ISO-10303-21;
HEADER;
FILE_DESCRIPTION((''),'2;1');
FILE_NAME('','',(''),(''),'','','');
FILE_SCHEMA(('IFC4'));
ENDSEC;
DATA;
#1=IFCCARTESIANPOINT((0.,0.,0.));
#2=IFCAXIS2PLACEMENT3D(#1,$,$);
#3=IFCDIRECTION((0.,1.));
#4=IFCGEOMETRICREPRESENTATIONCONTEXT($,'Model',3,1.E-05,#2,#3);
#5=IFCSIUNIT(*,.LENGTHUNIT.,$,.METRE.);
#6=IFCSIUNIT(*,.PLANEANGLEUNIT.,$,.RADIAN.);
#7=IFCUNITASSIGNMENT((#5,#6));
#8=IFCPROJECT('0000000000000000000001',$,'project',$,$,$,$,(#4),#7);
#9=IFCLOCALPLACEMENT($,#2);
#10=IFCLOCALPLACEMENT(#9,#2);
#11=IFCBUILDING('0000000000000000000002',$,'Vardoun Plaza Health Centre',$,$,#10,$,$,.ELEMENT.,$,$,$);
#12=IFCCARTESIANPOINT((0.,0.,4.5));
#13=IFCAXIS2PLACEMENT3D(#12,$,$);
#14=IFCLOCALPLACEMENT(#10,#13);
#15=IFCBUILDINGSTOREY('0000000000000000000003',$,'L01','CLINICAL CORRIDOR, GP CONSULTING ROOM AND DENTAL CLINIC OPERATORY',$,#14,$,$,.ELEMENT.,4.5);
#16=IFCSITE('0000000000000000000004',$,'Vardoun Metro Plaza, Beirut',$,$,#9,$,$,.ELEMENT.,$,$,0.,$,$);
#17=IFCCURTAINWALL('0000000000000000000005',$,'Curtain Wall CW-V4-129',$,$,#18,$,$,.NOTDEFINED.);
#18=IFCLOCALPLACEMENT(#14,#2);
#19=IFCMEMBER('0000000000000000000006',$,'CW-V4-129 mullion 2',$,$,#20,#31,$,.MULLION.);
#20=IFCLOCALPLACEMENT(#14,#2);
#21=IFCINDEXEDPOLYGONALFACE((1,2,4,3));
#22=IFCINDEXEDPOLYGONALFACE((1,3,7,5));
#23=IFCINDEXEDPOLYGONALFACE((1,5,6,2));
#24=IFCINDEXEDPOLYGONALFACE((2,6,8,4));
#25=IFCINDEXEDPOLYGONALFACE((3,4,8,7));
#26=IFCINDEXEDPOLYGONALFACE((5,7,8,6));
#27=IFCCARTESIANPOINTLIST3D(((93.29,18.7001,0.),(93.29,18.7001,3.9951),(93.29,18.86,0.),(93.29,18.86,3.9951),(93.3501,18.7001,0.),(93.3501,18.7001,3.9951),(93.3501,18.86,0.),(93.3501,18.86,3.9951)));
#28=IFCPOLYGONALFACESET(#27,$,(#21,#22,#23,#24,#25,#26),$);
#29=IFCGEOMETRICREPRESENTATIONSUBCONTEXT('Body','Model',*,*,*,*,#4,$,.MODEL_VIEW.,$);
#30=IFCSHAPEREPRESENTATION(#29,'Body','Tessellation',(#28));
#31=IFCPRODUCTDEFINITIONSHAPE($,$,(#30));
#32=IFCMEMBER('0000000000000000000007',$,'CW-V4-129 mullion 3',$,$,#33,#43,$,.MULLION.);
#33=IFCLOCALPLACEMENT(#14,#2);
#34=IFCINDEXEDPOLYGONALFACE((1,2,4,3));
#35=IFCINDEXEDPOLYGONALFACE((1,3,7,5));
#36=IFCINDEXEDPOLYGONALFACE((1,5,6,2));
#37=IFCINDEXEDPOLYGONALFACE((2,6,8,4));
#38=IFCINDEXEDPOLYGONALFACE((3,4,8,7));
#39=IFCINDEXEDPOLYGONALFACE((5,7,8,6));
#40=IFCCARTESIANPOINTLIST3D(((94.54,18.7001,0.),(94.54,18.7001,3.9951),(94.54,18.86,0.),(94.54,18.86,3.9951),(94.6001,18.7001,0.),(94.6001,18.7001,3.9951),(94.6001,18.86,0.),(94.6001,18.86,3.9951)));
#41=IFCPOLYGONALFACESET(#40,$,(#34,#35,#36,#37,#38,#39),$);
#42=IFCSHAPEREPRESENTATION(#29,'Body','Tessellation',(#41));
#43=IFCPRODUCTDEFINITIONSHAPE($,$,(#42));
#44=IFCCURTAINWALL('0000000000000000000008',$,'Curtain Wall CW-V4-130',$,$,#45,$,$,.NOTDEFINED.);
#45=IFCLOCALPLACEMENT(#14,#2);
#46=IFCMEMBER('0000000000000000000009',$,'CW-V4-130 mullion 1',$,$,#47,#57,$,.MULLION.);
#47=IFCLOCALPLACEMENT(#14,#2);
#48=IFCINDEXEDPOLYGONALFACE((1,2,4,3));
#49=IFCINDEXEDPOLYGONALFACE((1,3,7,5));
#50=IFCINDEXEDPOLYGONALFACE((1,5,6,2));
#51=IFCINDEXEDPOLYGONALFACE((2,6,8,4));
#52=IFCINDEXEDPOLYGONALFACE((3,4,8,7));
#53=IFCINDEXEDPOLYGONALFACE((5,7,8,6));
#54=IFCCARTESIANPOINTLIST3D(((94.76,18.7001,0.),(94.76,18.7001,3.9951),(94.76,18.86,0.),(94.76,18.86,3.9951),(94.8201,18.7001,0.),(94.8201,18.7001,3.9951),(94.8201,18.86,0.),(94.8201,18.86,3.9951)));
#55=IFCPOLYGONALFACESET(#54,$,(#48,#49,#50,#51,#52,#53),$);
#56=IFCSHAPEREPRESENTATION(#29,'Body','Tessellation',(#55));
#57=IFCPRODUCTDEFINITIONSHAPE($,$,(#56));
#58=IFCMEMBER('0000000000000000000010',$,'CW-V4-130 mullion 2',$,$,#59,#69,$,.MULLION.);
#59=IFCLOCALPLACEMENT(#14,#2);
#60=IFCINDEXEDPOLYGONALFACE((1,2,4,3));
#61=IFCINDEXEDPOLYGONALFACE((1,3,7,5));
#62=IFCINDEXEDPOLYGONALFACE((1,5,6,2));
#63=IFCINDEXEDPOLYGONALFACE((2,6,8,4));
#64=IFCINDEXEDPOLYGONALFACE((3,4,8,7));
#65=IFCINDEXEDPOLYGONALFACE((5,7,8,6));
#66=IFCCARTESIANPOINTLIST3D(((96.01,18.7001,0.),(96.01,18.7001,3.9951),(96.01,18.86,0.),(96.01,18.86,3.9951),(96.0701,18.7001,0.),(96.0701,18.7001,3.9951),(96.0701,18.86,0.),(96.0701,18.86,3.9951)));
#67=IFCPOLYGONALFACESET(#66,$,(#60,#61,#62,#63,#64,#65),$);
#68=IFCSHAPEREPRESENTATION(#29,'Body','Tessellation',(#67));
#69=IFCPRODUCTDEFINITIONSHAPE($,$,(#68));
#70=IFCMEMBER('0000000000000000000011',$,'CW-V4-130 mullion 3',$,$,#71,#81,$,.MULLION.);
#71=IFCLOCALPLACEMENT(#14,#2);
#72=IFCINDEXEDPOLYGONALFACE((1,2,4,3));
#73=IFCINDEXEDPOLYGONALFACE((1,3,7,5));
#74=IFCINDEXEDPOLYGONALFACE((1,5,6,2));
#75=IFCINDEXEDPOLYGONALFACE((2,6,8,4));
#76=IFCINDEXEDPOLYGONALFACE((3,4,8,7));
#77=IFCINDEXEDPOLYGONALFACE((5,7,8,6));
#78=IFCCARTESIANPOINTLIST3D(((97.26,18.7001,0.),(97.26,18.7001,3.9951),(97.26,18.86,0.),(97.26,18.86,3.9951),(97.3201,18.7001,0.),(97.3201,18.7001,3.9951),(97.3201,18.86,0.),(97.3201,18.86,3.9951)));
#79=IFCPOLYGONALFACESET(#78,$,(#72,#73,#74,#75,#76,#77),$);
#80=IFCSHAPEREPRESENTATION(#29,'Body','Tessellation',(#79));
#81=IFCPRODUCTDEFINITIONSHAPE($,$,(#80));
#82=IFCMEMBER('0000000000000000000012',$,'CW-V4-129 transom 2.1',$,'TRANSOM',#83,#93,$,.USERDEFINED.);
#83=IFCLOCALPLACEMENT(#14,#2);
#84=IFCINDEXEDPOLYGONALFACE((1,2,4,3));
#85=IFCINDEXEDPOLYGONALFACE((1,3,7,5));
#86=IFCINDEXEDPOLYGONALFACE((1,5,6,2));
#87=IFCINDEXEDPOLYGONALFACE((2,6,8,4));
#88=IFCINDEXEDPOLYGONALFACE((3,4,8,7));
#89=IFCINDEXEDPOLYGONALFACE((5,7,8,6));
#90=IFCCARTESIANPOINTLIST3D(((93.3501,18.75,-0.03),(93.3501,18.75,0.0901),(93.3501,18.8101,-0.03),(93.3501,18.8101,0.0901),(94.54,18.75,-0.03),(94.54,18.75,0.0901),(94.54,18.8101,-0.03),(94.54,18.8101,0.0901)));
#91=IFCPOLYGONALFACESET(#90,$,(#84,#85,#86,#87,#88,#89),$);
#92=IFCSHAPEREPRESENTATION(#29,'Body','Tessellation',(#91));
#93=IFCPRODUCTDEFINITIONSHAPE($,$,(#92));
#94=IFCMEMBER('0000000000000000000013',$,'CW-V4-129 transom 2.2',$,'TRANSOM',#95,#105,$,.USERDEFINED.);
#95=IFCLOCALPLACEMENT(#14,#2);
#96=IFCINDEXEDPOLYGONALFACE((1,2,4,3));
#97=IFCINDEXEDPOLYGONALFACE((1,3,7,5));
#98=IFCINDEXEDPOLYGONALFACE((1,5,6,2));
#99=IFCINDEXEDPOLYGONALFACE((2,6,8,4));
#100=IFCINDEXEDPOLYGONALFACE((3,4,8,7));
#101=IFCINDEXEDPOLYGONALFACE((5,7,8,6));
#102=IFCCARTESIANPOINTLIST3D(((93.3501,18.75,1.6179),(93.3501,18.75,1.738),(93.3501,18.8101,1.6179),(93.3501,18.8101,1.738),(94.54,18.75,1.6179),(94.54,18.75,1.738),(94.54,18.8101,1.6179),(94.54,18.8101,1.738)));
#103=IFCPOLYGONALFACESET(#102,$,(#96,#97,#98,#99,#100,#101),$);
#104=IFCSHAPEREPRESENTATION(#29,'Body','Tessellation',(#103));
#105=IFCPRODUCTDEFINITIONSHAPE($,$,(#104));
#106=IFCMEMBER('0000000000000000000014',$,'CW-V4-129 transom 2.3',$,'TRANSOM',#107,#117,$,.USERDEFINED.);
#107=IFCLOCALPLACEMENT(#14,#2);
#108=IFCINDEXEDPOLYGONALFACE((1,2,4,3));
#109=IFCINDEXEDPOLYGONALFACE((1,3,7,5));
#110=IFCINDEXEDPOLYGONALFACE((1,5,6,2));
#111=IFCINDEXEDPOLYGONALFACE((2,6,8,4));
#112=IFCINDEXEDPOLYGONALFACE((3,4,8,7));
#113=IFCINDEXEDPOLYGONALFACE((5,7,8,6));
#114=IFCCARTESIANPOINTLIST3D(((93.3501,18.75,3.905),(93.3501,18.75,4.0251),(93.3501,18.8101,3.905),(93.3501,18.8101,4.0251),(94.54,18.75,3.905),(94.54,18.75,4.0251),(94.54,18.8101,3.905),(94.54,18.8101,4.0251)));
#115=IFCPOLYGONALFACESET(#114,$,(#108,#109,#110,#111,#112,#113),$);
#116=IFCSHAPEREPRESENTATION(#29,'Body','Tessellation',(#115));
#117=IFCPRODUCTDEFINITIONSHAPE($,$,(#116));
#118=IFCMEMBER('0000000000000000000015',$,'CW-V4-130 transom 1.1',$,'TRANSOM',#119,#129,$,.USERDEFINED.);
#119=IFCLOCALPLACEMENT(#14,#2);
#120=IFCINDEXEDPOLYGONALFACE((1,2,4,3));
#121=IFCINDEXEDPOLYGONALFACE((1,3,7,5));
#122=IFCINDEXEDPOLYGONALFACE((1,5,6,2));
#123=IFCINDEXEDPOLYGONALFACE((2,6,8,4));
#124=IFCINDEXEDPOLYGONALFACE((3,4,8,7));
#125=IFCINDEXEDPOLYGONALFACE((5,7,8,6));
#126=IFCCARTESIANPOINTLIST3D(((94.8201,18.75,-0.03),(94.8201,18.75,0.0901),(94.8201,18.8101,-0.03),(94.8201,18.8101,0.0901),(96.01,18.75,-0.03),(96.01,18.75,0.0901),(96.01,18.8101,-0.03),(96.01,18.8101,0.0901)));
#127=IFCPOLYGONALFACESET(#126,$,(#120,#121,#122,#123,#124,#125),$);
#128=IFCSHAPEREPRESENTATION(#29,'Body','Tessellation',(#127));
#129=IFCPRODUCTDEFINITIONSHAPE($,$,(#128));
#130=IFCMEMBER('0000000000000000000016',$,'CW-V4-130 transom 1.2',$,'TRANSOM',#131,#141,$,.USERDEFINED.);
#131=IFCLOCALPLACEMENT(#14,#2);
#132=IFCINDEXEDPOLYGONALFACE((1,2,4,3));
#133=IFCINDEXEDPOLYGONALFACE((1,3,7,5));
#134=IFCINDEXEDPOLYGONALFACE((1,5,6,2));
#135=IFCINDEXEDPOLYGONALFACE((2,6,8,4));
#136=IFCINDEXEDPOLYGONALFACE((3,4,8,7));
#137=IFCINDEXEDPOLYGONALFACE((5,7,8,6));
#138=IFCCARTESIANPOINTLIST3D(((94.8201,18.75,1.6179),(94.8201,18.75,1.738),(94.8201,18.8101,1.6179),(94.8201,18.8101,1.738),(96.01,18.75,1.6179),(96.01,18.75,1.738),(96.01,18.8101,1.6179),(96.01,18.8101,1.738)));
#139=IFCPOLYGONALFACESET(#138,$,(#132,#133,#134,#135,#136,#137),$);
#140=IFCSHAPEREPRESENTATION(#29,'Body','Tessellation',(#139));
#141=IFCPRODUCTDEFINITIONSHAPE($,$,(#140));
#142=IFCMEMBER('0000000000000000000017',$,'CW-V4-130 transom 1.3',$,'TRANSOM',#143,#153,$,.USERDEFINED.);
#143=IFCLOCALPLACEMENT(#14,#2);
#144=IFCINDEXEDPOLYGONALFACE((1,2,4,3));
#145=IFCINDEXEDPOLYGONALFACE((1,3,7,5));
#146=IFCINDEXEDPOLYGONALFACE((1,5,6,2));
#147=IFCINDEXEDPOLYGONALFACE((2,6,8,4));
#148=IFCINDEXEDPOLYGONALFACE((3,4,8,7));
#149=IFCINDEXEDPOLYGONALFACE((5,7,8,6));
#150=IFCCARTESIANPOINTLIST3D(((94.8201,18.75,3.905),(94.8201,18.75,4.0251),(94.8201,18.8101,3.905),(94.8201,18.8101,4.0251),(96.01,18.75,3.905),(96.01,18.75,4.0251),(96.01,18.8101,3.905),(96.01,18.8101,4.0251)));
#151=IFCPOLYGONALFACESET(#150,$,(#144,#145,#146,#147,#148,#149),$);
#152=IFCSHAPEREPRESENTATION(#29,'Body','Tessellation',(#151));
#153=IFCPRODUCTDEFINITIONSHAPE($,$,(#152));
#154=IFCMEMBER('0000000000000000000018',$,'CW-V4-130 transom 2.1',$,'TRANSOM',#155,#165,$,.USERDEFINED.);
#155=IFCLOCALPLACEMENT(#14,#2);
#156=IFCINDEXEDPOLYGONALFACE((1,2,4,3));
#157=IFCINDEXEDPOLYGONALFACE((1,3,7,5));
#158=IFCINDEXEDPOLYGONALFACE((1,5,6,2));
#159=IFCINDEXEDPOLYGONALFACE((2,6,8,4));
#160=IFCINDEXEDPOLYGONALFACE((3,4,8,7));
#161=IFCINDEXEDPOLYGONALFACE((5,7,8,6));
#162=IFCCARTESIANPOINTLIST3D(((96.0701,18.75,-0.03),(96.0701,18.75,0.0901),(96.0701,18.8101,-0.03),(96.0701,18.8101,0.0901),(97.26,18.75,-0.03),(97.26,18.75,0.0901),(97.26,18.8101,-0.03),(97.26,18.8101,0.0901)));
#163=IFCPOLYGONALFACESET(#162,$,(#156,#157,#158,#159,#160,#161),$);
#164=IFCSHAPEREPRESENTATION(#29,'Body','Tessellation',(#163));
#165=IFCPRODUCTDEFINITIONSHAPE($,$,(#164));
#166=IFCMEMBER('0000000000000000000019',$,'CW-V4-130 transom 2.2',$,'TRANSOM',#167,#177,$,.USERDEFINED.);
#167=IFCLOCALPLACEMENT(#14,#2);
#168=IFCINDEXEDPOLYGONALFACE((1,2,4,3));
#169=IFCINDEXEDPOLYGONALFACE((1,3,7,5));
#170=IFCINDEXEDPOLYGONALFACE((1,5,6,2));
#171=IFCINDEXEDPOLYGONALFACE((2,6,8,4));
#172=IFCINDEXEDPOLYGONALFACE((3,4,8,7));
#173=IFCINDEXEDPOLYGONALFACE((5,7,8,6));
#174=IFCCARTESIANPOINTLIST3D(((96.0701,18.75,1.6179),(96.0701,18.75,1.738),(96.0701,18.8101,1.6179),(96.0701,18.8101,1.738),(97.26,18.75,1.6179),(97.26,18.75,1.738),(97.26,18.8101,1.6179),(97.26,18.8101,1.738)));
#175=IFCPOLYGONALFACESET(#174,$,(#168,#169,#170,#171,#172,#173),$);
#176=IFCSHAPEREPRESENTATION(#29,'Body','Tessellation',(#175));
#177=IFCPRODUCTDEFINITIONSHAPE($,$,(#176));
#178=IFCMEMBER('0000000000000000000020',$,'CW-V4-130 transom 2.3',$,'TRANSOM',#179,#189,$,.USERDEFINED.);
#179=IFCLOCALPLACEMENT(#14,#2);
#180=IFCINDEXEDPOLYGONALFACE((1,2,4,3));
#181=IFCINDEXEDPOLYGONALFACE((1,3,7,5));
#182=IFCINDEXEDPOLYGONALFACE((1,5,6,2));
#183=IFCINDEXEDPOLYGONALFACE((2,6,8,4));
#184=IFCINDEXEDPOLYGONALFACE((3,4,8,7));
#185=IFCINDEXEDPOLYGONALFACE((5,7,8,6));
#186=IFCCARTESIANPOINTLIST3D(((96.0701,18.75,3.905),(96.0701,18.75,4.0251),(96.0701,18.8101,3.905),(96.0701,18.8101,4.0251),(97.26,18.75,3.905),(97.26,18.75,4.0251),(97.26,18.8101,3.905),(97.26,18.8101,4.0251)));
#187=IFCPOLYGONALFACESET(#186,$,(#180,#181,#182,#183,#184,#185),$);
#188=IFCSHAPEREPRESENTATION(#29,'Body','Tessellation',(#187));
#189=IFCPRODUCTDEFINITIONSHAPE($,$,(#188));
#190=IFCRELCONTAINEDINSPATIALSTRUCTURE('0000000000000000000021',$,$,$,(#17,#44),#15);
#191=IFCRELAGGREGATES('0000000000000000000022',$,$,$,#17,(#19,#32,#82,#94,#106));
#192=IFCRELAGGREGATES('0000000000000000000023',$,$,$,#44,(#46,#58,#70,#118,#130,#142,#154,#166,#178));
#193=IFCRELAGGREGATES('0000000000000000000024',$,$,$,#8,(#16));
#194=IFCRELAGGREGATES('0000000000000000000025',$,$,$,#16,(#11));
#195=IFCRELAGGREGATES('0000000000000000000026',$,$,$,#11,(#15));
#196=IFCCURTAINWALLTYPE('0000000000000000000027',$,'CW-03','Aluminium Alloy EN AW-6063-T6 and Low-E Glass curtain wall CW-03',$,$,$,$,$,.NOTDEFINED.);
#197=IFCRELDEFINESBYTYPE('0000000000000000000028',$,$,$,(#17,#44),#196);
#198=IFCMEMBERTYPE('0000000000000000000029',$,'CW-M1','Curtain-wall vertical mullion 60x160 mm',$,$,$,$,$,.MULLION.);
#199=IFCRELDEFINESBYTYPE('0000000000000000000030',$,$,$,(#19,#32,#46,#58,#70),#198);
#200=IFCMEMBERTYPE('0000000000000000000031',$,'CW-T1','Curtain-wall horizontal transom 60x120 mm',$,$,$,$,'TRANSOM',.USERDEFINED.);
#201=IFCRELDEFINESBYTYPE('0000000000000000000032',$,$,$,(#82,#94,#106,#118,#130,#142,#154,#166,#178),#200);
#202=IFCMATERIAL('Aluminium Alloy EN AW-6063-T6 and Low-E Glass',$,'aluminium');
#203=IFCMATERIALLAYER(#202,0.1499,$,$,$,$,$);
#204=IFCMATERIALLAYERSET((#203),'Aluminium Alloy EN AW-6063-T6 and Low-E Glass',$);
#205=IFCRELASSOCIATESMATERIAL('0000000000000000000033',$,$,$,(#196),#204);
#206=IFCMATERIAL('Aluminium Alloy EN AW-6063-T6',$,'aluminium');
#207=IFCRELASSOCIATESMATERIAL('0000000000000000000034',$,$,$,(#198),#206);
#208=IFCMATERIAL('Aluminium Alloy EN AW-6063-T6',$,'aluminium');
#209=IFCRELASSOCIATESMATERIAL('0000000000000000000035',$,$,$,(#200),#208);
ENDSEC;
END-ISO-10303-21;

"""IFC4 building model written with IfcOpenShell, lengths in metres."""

from ifc_helpers import new_model, si_unit, direction, frame, origin, origin_2d, place, context, subcontext, project, spatial, rectangle, extrude, material, layer, layer_set, material_profile, profile_set, type_object, element, aggregate, save


model = new_model("IFC4")

# Units and contexts
model_context = context("Model", 3, precision=1e-05, world=origin(), true_north=direction((0.0, 1.0)))
body_context = subcontext(model_context, "Body", "Model", "MODEL_VIEW")
ifc_project = project(units=[si_unit("LENGTHUNIT", "METRE"), si_unit("PLANEANGLEUNIT", "RADIAN")], contexts=[model_context])

# Site, building, storey
site_placement = place(None, origin())
site = spatial("IfcSite", under=ifc_project, at=site_placement, Name="Vardoun Metro Plaza, Beirut", CompositionType="ELEMENT", RefElevation=0.0)
building_placement = place(site_placement, origin())
building = spatial("IfcBuilding", under=site, at=building_placement, Name="Vardoun Plaza Health Centre", CompositionType="ELEMENT")
storey_placement = place(building_placement, frame((0.0, 0.0, 4.5)))
storey = spatial("IfcBuildingStorey", under=building, at=storey_placement, Name="L01", Description="CLINICAL CORRIDOR, GP CONSULTING ROOM AND DENTAL CLINIC OPERATORY", CompositionType="ELEMENT", Elevation=4.5)

# Curtain walls, members
ifc_material_1 = material(Name="Aluminium Alloy EN AW-6063-T6 and Low-E Glass", Category="aluminium")
ifc_layer_1 = layer(ifc_material_1, 0.1499)
ifc_layer_set_1 = layer_set([ifc_layer_1], Name="Aluminium Alloy EN AW-6063-T6 and Low-E Glass")
curtain_wall_type = type_object("IfcCurtainWallType", Name="CW-03", Description="Aluminium Alloy EN AW-6063-T6 and Low-E Glass curtain wall CW-03", PredefinedType="NOTDEFINED", material=ifc_layer_set_1)
curtain_wall_1_placement = place(storey_placement, origin())
curtain_wall_1 = element("IfcCurtainWall", 1, at=curtain_wall_1_placement, inside=storey, type_object=curtain_wall_type, Name="Curtain Wall CW-V4-129", PredefinedType="NOTDEFINED")
ifc_material_2 = material(Name="Aluminium Alloy EN AW-6063-T6", Category="aluminium")
ifc_material_profile_1 = material_profile(ifc_material_2, rectangle(XDim=0.1599, YDim=0.0601, at=origin_2d()), Name="CWM 60x160")
ifc_profile_set_1 = profile_set([ifc_material_profile_1], Name="Aluminium Alloy EN AW-6063-T6")
member_type_1 = type_object("IfcMemberType", Name="CW-M1", Description="Curtain-wall vertical mullion 60x160 mm", PredefinedType="MULLION", material=ifc_profile_set_1)
member_1_placement = place(storey_placement, frame((93.3201, 18.78, 0.0), z_axis=(0.0, 0.0, 1.0), x_axis=(0.0, 1.0, 0.0)))
member_1 = element("IfcMember", 2, at=member_1_placement, type_object=member_type_1, Name="CW-V4-129 mullion 2", PredefinedType="MULLION", context=body_context, shape_type="SweptSolid", body=[
    extrude(rectangle(XDim=0.1599, YDim=0.0601, at=origin_2d()), origin(), (0.0, 0.0, 1.0), 3.9951),
])
member_2_placement = place(storey_placement, frame((94.5701, 18.78, 0.0), z_axis=(0.0, 0.0, 1.0), x_axis=(0.0, 1.0, 0.0)))
member_2 = element("IfcMember", 3, at=member_2_placement, type_object=member_type_1, Name="CW-V4-129 mullion 3", PredefinedType="MULLION", context=body_context, shape_type="SweptSolid", body=[
    extrude(rectangle(XDim=0.1599, YDim=0.0601, at=origin_2d()), origin(), (0.0, 0.0, 1.0), 3.9951),
])
curtain_wall_2_placement = place(storey_placement, origin())
curtain_wall_2 = element("IfcCurtainWall", 4, at=curtain_wall_2_placement, inside=storey, type_object=curtain_wall_type, Name="Curtain Wall CW-V4-130", PredefinedType="NOTDEFINED")
member_3_placement = place(storey_placement, frame((94.79, 18.78, 0.0), z_axis=(0.0, 0.0, 1.0), x_axis=(0.0, 1.0, 0.0)))
member_3 = element("IfcMember", 5, at=member_3_placement, type_object=member_type_1, Name="CW-V4-130 mullion 1", PredefinedType="MULLION", context=body_context, shape_type="SweptSolid", body=[
    extrude(rectangle(XDim=0.1599, YDim=0.0601, at=origin_2d()), origin(), (0.0, 0.0, 1.0), 3.9951),
])
member_4_placement = place(storey_placement, frame((96.04, 18.78, 0.0), z_axis=(0.0, 0.0, 1.0), x_axis=(0.0, 1.0, 0.0)))
member_4 = element("IfcMember", 6, at=member_4_placement, type_object=member_type_1, Name="CW-V4-130 mullion 2", PredefinedType="MULLION", context=body_context, shape_type="SweptSolid", body=[
    extrude(rectangle(XDim=0.1599, YDim=0.0601, at=origin_2d()), origin(), (0.0, 0.0, 1.0), 3.9951),
])
member_5_placement = place(storey_placement, frame((97.29, 18.78, 0.0), z_axis=(0.0, 0.0, 1.0), x_axis=(0.0, 1.0, 0.0)))
member_5 = element("IfcMember", 7, at=member_5_placement, type_object=member_type_1, Name="CW-V4-130 mullion 3", PredefinedType="MULLION", context=body_context, shape_type="SweptSolid", body=[
    extrude(rectangle(XDim=0.1599, YDim=0.0601, at=origin_2d()), origin(), (0.0, 0.0, 1.0), 3.9951),
])

# Members
ifc_material_3 = material(Name="Aluminium Alloy EN AW-6063-T6", Category="aluminium")
ifc_material_profile_2 = material_profile(ifc_material_3, rectangle(XDim=0.0601, YDim=0.1201, at=origin_2d()), Name="CWT 60x120")
ifc_profile_set_2 = profile_set([ifc_material_profile_2], Name="Aluminium Alloy EN AW-6063-T6")
member_type_2 = type_object("IfcMemberType", Name="CW-T1", Description="Curtain-wall horizontal transom 60x120 mm", ElementType="TRANSOM", PredefinedType="USERDEFINED", material=ifc_profile_set_2)
member_6_placement = place(storey_placement, frame((93.3501, 18.78, 0.03), z_axis=(1.0, 0.0, 0.0), x_axis=(0.0, 1.0, 0.0)))
member_6 = element("IfcMember", 8, at=member_6_placement, type_object=member_type_2, Name="CW-V4-129 transom 2.1", ObjectType="TRANSOM", PredefinedType="USERDEFINED", context=body_context, shape_type="SweptSolid", body=[
    extrude(rectangle(XDim=0.0601, YDim=0.1201, at=origin_2d()), origin(), (0.0, 0.0, 1.0), 1.1899),
])
member_7_placement = place(storey_placement, frame((93.3501, 18.78, 1.678), z_axis=(1.0, 0.0, 0.0), x_axis=(0.0, 1.0, 0.0)))
member_7 = element("IfcMember", 9, at=member_7_placement, type_object=member_type_2, Name="CW-V4-129 transom 2.2", ObjectType="TRANSOM", PredefinedType="USERDEFINED", context=body_context, shape_type="SweptSolid", body=[
    extrude(rectangle(XDim=0.0601, YDim=0.1201, at=origin_2d()), origin(), (0.0, 0.0, 1.0), 1.1899),
])
member_8_placement = place(storey_placement, frame((93.3501, 18.78, 3.9651), z_axis=(1.0, 0.0, 0.0), x_axis=(0.0, 1.0, 0.0)))
member_8 = element("IfcMember", 10, at=member_8_placement, type_object=member_type_2, Name="CW-V4-129 transom 2.3", ObjectType="TRANSOM", PredefinedType="USERDEFINED", context=body_context, shape_type="SweptSolid", body=[
    extrude(rectangle(XDim=0.0601, YDim=0.1201, at=origin_2d()), origin(), (0.0, 0.0, 1.0), 1.1899),
])
member_9_placement = place(storey_placement, frame((94.8201, 18.78, 0.03), z_axis=(1.0, 0.0, 0.0), x_axis=(0.0, 1.0, 0.0)))
member_9 = element("IfcMember", 11, at=member_9_placement, type_object=member_type_2, Name="CW-V4-130 transom 1.1", ObjectType="TRANSOM", PredefinedType="USERDEFINED", context=body_context, shape_type="SweptSolid", body=[
    extrude(rectangle(XDim=0.0601, YDim=0.1201, at=origin_2d()), origin(), (0.0, 0.0, 1.0), 1.1899),
])
member_10_placement = place(storey_placement, frame((94.8201, 18.78, 1.678), z_axis=(1.0, 0.0, 0.0), x_axis=(0.0, 1.0, 0.0)))
member_10 = element("IfcMember", 12, at=member_10_placement, type_object=member_type_2, Name="CW-V4-130 transom 1.2", ObjectType="TRANSOM", PredefinedType="USERDEFINED", context=body_context, shape_type="SweptSolid", body=[
    extrude(rectangle(XDim=0.0601, YDim=0.1201, at=origin_2d()), origin(), (0.0, 0.0, 1.0), 1.1899),
])
member_11_placement = place(storey_placement, frame((94.8201, 18.78, 3.9651), z_axis=(1.0, 0.0, 0.0), x_axis=(0.0, 1.0, 0.0)))
member_11 = element("IfcMember", 13, at=member_11_placement, type_object=member_type_2, Name="CW-V4-130 transom 1.3", ObjectType="TRANSOM", PredefinedType="USERDEFINED", context=body_context, shape_type="SweptSolid", body=[
    extrude(rectangle(XDim=0.0601, YDim=0.1201, at=origin_2d()), origin(), (0.0, 0.0, 1.0), 1.1899),
])
member_12_placement = place(storey_placement, frame((96.0701, 18.78, 0.03), z_axis=(1.0, 0.0, 0.0), x_axis=(0.0, 1.0, 0.0)))
member_12 = element("IfcMember", 14, at=member_12_placement, type_object=member_type_2, Name="CW-V4-130 transom 2.1", ObjectType="TRANSOM", PredefinedType="USERDEFINED", context=body_context, shape_type="SweptSolid", body=[
    extrude(rectangle(XDim=0.0601, YDim=0.1201, at=origin_2d()), origin(), (0.0, 0.0, 1.0), 1.1899),
])
member_13_placement = place(storey_placement, frame((96.0701, 18.78, 1.678), z_axis=(1.0, 0.0, 0.0), x_axis=(0.0, 1.0, 0.0)))
member_13 = element("IfcMember", 15, at=member_13_placement, type_object=member_type_2, Name="CW-V4-130 transom 2.2", ObjectType="TRANSOM", PredefinedType="USERDEFINED", context=body_context, shape_type="SweptSolid", body=[
    extrude(rectangle(XDim=0.0601, YDim=0.1201, at=origin_2d()), origin(), (0.0, 0.0, 1.0), 1.1899),
])
member_14_placement = place(storey_placement, frame((96.0701, 18.78, 3.9651), z_axis=(1.0, 0.0, 0.0), x_axis=(0.0, 1.0, 0.0)))
member_14 = element("IfcMember", 16, at=member_14_placement, type_object=member_type_2, Name="CW-V4-130 transom 2.3", ObjectType="TRANSOM", PredefinedType="USERDEFINED", context=body_context, shape_type="SweptSolid", body=[
    extrude(rectangle(XDim=0.0601, YDim=0.1201, at=origin_2d()), origin(), (0.0, 0.0, 1.0), 1.1899),
])

aggregate(curtain_wall_1, [member_1, member_2, member_6, member_7, member_8])
aggregate(curtain_wall_2, [member_3, member_4, member_5, member_9, member_10, member_11, member_12, member_13, member_14])

save(model, "model.ifc")
